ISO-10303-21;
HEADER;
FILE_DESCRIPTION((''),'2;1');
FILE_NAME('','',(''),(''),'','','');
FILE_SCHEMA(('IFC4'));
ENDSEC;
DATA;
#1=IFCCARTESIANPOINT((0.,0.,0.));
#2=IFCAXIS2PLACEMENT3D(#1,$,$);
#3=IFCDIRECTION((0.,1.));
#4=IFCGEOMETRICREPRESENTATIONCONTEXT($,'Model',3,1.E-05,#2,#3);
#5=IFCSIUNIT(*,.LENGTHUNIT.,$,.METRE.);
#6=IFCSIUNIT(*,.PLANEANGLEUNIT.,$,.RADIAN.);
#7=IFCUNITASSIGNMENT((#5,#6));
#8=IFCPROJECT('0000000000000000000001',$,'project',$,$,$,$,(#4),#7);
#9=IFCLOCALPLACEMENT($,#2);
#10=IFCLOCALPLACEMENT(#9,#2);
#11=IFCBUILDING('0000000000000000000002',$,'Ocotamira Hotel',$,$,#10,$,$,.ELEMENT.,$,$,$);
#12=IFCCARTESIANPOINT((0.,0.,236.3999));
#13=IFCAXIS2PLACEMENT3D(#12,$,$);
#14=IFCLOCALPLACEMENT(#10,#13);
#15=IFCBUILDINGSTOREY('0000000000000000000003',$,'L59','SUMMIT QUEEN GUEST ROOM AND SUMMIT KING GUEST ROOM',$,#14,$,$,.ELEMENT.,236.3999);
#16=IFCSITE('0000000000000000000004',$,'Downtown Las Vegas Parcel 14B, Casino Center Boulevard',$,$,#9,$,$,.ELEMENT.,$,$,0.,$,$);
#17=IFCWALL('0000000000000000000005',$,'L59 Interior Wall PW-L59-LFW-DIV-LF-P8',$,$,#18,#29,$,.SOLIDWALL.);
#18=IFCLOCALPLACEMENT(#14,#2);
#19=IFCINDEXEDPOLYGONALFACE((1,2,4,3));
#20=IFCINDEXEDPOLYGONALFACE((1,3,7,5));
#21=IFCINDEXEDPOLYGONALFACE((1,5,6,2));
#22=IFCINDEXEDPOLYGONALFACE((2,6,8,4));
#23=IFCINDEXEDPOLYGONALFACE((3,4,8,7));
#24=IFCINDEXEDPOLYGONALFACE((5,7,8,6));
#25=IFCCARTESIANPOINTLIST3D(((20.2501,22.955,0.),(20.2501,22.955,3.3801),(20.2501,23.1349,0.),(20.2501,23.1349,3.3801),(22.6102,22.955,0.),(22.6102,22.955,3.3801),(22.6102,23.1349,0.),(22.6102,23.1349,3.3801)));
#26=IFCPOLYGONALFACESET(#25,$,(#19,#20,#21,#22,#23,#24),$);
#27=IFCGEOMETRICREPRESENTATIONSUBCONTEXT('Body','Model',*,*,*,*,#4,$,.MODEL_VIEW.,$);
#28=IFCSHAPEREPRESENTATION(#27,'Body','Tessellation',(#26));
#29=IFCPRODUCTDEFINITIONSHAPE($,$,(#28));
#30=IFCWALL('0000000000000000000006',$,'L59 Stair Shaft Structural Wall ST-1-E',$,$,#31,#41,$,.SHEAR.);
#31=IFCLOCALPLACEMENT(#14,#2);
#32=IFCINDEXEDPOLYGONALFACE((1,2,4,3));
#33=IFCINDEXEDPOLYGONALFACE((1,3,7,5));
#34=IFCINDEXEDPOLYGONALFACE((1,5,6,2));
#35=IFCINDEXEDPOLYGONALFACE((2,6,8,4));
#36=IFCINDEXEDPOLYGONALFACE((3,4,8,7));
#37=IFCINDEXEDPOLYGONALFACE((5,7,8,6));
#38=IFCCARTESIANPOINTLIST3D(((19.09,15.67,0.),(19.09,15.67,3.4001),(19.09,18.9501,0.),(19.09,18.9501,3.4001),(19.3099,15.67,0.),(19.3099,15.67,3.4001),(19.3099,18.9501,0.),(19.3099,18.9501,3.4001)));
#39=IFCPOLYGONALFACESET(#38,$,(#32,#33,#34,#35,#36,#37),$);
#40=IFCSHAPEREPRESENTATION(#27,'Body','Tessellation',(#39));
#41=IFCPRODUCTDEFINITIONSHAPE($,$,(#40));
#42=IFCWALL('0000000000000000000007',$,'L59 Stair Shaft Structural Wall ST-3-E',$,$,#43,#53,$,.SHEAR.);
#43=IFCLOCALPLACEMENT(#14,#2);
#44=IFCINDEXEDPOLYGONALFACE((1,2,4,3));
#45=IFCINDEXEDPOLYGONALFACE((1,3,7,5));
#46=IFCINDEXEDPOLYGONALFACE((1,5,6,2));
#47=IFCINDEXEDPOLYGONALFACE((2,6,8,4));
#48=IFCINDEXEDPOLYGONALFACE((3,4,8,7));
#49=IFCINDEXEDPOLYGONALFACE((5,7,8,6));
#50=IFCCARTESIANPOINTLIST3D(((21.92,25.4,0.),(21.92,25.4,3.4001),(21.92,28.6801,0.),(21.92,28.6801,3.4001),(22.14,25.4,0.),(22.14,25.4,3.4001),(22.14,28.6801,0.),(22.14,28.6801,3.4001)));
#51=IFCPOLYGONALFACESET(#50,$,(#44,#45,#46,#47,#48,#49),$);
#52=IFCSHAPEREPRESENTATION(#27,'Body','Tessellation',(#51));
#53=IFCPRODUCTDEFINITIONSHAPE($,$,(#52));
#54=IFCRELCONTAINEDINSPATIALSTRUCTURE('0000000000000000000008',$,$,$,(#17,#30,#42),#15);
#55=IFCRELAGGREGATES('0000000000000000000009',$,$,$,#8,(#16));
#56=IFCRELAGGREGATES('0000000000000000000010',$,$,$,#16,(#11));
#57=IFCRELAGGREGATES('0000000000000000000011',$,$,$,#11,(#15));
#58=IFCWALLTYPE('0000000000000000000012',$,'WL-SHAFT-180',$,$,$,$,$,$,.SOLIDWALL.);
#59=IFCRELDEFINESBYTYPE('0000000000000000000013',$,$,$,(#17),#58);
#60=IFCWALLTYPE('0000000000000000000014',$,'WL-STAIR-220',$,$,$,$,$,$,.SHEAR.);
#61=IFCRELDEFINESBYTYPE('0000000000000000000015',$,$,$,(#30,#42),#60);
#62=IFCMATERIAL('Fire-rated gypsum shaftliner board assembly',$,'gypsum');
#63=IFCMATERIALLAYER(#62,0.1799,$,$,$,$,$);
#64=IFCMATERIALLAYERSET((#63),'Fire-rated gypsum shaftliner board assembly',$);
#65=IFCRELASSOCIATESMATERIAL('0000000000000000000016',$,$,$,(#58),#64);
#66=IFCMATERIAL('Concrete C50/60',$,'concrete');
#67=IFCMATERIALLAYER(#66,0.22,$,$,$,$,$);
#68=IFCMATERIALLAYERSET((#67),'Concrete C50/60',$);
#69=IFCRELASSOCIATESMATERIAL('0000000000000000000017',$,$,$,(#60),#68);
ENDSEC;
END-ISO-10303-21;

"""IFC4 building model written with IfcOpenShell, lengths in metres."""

from ifc_helpers import new_model, si_unit, direction, frame, frame_2d, origin, place, context, subcontext, project, spatial, rectangle, extrude, material, layer, layer_set, type_object, element, save


model = new_model("IFC4")

# Units and contexts
model_context = context("Model", 3, precision=1e-05, world=origin(), true_north=direction((0.0, 1.0)))
body_context = subcontext(model_context, "Body", "Model", "MODEL_VIEW")
ifc_project = project(units=[si_unit("LENGTHUNIT", "METRE"), si_unit("PLANEANGLEUNIT", "RADIAN")], contexts=[model_context])

# Site, building, storey
site_placement = place(None, origin())
site = spatial("IfcSite", under=ifc_project, at=site_placement, Name="Downtown Las Vegas Parcel 14B, Casino Center Boulevard", CompositionType="ELEMENT", RefElevation=0.0)
building_placement = place(site_placement, origin())
building = spatial("IfcBuilding", under=site, at=building_placement, Name="Ocotamira Hotel", CompositionType="ELEMENT")
storey_placement = place(building_placement, frame((0.0, 0.0, 236.3999)))
storey = spatial("IfcBuildingStorey", under=building, at=storey_placement, Name="L59", Description="SUMMIT QUEEN GUEST ROOM AND SUMMIT KING GUEST ROOM", CompositionType="ELEMENT", Elevation=236.3999)

# Shared definitions
ifc_material_1 = material(Name="Concrete C50/60", Category="concrete")

# Shared definitions
ifc_material_2 = material(Name="Fire-rated gypsum shaftliner board assembly", Category="gypsum")
ifc_layer_1 = layer(ifc_material_2, 0.1799)
ifc_layer_set_1 = layer_set([ifc_layer_1], Name="Fire-rated gypsum shaftliner board assembly")
wall_type_1 = type_object("IfcWallType", Name="WL-SHAFT-180", PredefinedType="SOLIDWALL", material=ifc_layer_set_1)

# Walls
wall_1_placement = place(storey_placement, frame((20.25, 23.0449, 0.0), z_axis=(0.0, 0.0, 1.0), x_axis=(1.0, 0.0, 0.0)))
element("IfcWall", 1, at=wall_1_placement, inside=storey, type_object=wall_type_1, Name="L59 Interior Wall PW-L59-LFW-DIV-LF-P8", PredefinedType="SOLIDWALL", context=body_context, shape_type="SweptSolid", body=[
    extrude(rectangle(XDim=2.3601, YDim=0.1799, at=frame_2d((1.1802, 0.0))), origin(), (0.0, 0.0, 1.0), 3.3801),
])
ifc_layer_2 = layer(ifc_material_1, 0.22)
ifc_layer_set_2 = layer_set([ifc_layer_2], Name="Concrete C50/60")
wall_type_2 = type_object("IfcWallType", Name="WL-STAIR-220", PredefinedType="SHEAR", material=ifc_layer_set_2)
for number, where, z_axis, x_axis, name in (
    (2, (19.2, 15.6699, 0.0), (0.0, 0.0, 1.0), (0.0, 1.0, 0.0), "L59 Stair Shaft Structural Wall ST-1-E"),
    (3, (22.03, 25.3999, 0.0), (0.0, 0.0, 1.0), (0.0, 1.0, 0.0), "L59 Stair Shaft Structural Wall ST-3-E"),
):
    element("IfcWall", number, at=place(storey_placement, frame(where, z_axis=z_axis, x_axis=x_axis)), inside=storey, type_object=wall_type_2, Name=name, PredefinedType="SHEAR", context=body_context, shape_type="SweptSolid", body=[
        extrude(rectangle(XDim=3.28, YDim=0.22, at=frame_2d((1.6401, 0.0))), origin(), (0.0, 0.0, 1.0), 3.4001),
    ])

save(model, "model.ifc")
